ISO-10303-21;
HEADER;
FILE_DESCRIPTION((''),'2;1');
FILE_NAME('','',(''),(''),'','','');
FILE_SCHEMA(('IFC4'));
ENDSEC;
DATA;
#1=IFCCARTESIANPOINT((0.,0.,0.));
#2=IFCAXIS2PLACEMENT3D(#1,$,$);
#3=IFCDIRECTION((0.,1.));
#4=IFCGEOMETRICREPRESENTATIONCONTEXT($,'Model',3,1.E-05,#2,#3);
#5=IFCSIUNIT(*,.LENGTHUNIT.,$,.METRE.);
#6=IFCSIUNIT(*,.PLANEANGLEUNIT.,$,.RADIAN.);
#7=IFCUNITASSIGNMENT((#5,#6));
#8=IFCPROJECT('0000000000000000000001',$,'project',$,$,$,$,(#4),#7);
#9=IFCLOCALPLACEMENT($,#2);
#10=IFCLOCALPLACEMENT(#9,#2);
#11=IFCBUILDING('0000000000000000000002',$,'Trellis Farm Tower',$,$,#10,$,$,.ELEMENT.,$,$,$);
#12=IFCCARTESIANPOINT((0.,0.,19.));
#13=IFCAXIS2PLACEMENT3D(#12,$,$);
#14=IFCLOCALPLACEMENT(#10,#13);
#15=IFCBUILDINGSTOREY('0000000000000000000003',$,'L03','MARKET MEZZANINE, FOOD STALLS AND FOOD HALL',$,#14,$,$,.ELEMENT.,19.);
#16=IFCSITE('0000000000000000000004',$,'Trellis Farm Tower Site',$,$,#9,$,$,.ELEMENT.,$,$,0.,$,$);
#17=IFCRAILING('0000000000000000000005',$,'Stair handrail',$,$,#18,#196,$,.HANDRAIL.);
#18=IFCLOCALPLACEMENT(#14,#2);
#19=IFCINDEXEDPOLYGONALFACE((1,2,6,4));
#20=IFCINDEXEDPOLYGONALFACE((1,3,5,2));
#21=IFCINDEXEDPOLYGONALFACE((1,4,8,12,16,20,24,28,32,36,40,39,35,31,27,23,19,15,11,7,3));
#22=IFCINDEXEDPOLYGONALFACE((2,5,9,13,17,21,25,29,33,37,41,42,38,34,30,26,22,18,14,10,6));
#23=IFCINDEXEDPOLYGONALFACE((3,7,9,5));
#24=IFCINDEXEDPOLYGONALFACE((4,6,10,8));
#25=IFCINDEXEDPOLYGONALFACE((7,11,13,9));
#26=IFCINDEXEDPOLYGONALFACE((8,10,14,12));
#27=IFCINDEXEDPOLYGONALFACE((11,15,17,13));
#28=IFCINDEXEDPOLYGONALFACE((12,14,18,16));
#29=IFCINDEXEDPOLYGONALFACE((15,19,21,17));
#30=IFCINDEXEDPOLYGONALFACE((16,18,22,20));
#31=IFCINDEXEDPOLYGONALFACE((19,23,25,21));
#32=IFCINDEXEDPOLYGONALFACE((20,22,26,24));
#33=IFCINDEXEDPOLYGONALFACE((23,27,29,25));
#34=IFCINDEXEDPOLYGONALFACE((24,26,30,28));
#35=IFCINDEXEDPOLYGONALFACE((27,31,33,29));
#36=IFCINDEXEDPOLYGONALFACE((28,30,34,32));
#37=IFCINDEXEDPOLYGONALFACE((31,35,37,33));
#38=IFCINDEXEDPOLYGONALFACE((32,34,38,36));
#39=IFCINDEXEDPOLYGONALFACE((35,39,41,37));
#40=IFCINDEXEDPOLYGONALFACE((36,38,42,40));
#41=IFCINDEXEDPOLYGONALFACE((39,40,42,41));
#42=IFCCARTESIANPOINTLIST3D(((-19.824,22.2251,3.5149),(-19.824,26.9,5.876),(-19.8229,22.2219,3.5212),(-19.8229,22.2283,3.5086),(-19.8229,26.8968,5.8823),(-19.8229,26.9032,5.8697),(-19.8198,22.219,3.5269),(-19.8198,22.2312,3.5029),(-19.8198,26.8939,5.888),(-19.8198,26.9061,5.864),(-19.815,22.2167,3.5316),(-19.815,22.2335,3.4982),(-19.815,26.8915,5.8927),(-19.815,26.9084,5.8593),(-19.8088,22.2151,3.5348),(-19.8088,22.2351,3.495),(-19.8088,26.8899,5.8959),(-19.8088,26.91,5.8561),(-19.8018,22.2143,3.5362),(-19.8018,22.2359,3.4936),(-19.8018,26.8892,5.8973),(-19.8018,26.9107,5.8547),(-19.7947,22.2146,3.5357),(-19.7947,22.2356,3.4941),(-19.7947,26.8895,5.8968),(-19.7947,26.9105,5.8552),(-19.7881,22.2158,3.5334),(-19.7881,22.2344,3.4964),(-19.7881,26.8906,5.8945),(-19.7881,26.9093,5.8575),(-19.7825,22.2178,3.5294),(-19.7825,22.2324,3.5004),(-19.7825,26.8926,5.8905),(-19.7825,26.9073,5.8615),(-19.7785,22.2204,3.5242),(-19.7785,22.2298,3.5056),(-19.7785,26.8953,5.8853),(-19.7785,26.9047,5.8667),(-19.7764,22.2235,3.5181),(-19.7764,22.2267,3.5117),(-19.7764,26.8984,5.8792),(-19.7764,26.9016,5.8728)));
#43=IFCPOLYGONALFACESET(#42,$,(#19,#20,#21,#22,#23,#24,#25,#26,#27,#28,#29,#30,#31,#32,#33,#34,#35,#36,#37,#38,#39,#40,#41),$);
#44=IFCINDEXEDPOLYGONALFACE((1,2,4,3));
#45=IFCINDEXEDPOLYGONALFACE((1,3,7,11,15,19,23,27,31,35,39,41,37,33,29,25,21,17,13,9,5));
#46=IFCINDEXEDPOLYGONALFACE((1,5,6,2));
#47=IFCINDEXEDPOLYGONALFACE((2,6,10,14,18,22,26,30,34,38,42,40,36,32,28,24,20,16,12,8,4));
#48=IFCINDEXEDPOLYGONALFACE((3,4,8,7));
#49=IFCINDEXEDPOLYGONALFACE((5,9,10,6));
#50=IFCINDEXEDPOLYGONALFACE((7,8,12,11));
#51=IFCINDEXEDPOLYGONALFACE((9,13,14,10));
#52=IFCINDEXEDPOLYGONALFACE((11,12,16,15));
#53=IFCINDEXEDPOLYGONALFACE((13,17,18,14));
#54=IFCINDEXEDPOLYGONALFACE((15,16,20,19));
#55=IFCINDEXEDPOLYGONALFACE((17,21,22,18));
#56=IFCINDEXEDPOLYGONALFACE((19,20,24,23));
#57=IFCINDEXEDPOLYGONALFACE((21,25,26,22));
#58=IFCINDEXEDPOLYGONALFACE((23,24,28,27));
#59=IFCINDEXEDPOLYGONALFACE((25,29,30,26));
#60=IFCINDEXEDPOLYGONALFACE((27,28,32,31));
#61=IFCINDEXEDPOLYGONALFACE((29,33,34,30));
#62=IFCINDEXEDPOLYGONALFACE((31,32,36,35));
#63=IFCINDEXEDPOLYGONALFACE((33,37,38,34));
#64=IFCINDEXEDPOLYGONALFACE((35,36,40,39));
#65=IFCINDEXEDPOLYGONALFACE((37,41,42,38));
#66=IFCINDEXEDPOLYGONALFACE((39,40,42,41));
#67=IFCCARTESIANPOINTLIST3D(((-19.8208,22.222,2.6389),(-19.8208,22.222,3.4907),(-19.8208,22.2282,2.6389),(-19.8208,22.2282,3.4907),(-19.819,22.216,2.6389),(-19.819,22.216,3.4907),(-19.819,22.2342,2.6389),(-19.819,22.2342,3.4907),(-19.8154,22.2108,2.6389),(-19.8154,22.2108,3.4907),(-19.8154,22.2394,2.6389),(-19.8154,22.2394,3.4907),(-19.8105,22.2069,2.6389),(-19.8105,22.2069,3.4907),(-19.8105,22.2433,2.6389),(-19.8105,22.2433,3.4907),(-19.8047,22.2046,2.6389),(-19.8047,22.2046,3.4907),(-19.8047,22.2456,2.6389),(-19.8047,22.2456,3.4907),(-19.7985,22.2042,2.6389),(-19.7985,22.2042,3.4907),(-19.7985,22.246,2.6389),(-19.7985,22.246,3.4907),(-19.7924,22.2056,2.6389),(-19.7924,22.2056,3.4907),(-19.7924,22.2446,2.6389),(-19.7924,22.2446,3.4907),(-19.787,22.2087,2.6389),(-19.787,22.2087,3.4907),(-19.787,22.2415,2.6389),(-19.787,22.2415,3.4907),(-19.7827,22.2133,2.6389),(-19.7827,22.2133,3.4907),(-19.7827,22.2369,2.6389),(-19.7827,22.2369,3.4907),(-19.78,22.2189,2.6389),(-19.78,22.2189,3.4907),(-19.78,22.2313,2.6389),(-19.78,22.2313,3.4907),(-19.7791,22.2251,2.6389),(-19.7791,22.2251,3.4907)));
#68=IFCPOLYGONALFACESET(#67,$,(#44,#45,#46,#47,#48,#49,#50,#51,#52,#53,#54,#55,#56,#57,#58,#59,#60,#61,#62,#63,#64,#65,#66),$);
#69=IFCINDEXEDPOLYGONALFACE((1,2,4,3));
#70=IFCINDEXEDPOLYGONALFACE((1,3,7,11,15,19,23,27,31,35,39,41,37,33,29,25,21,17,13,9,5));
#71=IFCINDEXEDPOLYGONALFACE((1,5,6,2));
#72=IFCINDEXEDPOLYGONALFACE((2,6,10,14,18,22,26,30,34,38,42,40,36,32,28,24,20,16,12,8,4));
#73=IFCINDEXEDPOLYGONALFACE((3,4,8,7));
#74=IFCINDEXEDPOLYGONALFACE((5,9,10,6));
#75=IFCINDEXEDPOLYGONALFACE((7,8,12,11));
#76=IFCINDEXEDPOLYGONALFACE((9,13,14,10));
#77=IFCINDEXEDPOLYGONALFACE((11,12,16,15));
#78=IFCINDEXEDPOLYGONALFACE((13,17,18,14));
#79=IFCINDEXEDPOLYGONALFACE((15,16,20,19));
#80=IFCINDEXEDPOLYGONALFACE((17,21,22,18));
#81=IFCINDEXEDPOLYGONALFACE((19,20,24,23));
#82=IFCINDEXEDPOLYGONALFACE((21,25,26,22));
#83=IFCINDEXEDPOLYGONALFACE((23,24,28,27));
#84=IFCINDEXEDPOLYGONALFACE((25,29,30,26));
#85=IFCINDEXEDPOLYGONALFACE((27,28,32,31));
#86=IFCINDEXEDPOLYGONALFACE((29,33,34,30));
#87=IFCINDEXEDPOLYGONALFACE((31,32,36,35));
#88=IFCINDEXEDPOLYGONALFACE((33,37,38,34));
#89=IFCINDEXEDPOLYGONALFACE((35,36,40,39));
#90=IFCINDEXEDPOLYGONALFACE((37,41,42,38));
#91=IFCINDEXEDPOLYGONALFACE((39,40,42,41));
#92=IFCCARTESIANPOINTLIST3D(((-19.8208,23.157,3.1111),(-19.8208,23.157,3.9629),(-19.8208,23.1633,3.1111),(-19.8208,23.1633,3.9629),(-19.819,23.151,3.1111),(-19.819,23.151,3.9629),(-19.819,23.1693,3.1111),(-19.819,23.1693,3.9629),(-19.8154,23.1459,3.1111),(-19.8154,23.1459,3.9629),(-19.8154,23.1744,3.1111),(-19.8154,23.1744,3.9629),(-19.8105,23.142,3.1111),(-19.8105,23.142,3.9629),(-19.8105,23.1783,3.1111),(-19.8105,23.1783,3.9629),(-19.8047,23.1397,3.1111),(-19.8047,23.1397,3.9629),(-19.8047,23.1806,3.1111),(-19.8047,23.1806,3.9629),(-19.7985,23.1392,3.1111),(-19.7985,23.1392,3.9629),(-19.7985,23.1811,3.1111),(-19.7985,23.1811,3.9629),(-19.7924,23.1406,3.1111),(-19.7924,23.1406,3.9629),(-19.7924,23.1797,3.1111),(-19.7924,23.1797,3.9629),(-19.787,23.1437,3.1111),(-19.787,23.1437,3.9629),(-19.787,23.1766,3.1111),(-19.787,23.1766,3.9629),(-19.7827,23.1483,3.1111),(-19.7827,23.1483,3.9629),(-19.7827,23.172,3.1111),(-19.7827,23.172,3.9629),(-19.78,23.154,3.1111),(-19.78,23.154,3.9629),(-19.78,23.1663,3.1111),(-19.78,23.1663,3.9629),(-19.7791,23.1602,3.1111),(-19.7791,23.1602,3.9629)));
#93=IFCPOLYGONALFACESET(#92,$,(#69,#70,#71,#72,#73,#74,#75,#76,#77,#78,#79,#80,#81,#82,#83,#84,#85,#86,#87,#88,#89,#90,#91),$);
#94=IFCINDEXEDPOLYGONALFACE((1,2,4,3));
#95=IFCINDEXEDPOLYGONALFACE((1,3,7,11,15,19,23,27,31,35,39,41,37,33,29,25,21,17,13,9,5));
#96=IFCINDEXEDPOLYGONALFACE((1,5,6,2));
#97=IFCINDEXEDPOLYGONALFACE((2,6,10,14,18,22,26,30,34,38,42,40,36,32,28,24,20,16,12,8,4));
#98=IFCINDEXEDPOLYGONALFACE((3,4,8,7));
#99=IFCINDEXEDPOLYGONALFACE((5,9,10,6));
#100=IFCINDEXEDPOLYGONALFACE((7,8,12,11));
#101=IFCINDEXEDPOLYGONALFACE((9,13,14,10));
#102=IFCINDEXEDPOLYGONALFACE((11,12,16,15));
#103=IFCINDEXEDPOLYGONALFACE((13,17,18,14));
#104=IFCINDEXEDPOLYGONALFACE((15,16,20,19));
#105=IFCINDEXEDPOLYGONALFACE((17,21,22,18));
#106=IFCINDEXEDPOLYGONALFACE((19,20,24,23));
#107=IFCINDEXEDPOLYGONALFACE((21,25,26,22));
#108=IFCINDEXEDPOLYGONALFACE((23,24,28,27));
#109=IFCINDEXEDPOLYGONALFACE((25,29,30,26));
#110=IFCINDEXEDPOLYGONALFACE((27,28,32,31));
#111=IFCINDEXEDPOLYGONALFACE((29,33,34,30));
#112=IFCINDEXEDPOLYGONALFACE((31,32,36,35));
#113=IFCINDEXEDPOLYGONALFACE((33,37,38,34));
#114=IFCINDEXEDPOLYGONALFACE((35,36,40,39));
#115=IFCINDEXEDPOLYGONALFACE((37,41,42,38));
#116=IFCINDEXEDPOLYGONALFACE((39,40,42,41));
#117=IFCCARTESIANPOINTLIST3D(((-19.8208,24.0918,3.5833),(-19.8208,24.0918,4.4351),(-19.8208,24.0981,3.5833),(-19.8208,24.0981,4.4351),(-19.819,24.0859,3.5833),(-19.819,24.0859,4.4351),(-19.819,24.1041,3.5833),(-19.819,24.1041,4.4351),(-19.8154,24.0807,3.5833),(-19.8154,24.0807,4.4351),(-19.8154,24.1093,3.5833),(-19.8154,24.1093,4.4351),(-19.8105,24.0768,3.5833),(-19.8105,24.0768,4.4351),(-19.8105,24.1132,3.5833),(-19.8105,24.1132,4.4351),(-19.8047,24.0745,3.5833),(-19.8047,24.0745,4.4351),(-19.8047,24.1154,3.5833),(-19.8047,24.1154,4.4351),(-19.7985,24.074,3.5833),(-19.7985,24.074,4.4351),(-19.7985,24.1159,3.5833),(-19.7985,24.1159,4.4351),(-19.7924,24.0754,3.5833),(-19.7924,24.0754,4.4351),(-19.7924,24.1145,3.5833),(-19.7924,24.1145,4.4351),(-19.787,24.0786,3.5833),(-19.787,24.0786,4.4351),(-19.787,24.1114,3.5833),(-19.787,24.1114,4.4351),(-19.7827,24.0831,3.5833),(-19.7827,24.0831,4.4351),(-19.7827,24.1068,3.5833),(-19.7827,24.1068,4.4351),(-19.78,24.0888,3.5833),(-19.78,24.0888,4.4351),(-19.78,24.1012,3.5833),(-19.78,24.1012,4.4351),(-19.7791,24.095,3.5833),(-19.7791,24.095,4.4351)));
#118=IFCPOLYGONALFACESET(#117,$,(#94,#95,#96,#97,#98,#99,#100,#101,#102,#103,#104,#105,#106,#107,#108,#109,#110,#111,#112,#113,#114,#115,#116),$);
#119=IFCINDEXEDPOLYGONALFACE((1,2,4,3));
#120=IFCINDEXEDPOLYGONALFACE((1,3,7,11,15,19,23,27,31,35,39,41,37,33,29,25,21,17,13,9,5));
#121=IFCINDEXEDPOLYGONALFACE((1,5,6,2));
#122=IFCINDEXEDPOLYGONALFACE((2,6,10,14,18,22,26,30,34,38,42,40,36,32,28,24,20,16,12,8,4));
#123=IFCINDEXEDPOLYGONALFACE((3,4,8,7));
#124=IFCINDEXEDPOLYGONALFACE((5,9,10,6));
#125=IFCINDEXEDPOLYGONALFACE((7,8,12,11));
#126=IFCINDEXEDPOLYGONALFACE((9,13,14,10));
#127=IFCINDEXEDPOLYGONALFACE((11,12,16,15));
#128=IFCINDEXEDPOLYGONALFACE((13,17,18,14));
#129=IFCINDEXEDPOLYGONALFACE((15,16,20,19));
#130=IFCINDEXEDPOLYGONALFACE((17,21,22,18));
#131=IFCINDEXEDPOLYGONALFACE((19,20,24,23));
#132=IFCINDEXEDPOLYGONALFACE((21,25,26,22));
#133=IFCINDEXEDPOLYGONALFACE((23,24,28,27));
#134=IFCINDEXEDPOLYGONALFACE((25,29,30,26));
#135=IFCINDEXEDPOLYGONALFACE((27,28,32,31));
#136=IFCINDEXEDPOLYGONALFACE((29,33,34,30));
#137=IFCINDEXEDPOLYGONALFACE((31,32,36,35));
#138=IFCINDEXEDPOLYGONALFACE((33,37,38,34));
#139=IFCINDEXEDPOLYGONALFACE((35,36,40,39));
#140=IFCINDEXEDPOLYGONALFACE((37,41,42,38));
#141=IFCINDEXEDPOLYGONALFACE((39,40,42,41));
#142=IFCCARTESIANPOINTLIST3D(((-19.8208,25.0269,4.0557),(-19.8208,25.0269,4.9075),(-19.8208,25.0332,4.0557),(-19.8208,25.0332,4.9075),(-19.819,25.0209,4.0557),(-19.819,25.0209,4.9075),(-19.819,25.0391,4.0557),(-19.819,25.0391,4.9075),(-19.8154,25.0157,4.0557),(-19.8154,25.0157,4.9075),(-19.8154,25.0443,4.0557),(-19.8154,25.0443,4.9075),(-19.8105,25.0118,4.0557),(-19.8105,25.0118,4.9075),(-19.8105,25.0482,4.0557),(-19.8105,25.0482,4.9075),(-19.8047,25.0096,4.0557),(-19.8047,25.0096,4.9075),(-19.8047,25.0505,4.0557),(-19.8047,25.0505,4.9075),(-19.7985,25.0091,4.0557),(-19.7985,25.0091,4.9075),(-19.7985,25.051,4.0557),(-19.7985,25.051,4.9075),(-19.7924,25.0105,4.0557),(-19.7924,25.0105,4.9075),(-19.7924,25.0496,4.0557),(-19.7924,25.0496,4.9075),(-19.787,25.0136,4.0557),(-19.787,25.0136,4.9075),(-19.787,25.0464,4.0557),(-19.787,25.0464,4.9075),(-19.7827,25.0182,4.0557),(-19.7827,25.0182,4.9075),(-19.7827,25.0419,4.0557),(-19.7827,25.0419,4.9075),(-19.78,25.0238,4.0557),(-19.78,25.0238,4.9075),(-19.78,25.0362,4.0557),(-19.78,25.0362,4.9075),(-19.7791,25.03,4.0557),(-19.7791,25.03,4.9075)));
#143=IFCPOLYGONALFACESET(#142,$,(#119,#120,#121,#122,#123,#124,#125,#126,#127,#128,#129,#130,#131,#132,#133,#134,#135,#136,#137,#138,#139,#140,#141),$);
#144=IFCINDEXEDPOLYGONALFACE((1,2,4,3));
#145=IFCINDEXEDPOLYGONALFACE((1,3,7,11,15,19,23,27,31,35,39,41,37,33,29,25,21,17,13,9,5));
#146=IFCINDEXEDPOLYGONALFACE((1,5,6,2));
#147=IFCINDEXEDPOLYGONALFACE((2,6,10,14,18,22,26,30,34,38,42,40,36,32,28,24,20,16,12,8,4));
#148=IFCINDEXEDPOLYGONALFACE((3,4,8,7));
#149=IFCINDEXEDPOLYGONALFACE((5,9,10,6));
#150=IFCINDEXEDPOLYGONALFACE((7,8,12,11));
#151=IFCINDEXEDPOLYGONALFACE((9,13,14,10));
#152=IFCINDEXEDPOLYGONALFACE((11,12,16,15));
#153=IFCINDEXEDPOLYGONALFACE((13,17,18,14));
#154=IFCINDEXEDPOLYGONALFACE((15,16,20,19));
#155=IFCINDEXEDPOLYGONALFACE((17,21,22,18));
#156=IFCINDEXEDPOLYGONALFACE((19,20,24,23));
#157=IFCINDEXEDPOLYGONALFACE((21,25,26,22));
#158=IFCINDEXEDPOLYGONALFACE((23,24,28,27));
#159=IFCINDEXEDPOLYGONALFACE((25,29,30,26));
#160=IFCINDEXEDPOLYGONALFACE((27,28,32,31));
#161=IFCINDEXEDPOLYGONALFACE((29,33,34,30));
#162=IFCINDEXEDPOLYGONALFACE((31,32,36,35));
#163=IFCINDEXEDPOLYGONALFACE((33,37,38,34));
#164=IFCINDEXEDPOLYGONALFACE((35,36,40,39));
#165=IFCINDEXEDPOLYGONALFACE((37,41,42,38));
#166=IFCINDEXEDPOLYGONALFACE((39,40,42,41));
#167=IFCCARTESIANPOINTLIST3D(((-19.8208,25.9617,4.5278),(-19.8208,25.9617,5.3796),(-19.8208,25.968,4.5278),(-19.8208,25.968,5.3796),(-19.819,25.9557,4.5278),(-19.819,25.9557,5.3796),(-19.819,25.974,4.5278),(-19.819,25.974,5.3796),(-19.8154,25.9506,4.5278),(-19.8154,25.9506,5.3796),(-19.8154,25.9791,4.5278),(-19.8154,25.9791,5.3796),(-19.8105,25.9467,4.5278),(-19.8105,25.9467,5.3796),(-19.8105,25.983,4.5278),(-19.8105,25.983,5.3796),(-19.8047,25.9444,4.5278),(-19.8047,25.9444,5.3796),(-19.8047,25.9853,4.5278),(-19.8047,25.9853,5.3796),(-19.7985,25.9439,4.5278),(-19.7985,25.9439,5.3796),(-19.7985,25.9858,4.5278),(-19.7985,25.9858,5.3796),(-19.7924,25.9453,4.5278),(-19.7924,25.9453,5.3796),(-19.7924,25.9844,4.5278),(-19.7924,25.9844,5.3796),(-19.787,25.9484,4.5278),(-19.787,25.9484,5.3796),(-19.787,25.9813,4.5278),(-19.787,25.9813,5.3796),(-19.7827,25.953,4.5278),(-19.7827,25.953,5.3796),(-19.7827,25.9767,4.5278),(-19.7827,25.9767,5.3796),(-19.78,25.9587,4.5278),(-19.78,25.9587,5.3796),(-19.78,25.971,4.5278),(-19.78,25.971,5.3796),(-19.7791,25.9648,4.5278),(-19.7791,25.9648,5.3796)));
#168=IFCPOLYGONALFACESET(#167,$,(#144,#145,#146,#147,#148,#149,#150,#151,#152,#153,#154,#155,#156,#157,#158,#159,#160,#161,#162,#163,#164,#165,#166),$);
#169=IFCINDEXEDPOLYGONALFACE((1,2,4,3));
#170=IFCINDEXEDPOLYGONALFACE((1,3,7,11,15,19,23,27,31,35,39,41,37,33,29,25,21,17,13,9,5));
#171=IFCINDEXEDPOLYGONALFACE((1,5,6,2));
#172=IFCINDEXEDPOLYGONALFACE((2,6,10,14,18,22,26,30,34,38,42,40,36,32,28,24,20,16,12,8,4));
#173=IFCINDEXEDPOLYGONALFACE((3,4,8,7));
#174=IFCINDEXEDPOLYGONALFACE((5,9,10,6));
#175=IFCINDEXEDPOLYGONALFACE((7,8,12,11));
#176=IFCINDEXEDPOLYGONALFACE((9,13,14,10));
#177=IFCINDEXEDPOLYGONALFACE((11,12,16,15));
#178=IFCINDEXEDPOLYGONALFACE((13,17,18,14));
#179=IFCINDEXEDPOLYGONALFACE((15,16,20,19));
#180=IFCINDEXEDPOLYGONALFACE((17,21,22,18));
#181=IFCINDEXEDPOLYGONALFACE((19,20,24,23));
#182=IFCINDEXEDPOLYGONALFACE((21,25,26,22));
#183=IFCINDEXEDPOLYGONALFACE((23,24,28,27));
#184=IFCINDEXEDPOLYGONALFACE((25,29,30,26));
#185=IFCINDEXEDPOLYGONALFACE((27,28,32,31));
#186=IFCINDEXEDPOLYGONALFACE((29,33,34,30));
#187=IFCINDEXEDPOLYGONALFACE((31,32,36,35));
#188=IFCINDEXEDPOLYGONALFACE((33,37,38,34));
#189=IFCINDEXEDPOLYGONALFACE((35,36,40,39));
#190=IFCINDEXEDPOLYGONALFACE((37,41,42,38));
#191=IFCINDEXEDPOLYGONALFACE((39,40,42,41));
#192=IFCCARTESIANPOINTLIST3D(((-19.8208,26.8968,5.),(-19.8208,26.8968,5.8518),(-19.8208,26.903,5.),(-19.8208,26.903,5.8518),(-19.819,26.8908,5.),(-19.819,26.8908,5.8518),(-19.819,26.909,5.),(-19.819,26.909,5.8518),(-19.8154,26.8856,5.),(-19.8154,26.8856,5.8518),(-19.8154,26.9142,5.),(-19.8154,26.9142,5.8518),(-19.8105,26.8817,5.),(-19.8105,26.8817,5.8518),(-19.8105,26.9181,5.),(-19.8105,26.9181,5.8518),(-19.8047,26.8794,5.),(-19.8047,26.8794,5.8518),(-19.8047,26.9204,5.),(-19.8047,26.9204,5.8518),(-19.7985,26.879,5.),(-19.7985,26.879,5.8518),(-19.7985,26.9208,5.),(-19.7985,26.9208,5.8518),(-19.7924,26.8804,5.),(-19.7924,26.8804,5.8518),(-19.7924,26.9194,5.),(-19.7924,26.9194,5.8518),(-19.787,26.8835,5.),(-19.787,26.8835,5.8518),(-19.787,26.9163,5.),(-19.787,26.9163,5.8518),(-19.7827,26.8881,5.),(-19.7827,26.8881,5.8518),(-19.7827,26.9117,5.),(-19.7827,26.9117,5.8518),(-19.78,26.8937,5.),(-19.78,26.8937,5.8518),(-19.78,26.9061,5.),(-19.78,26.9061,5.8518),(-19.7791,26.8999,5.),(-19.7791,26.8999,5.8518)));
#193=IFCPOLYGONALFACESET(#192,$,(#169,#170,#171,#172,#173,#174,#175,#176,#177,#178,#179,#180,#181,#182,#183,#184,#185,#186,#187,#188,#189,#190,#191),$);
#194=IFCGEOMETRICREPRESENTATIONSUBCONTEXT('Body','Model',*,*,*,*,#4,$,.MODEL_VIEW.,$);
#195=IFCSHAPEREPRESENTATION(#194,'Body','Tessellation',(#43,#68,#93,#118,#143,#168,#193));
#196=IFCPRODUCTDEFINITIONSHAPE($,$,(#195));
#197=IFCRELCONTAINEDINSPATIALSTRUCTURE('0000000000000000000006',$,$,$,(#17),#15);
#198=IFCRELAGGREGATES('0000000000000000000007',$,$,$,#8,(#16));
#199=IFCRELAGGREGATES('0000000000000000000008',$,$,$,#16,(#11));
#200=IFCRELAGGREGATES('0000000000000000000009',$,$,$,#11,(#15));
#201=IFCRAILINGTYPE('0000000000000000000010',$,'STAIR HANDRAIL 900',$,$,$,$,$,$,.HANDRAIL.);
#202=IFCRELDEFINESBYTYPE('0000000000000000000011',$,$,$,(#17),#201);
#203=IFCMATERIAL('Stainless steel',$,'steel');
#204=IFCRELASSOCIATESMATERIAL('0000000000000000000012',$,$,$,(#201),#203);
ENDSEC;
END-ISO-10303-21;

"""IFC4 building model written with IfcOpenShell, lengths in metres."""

from ifc_helpers import new_model, si_unit, direction, frame, origin, origin_2d, place, context, subcontext, project, spatial, circle, extrude, source, transform, mapped, material, type_object, element, save


model = new_model("IFC4")

# Units and contexts
model_context = context("Model", 3, precision=1e-05, world=origin(), true_north=direction((0.0, 1.0)))
body_context = subcontext(model_context, "Body", "Model", "MODEL_VIEW")
ifc_project = project(units=[si_unit("LENGTHUNIT", "METRE"), si_unit("PLANEANGLEUNIT", "RADIAN")], contexts=[model_context])

# Site, building, storey
site_placement = place(None, origin())
site = spatial("IfcSite", under=ifc_project, at=site_placement, Name="Trellis Farm Tower Site", CompositionType="ELEMENT", RefElevation=0.0)
building_placement = place(site_placement, origin())
building = spatial("IfcBuilding", under=site, at=building_placement, Name="Trellis Farm Tower", CompositionType="ELEMENT")
storey_placement = place(building_placement, frame((0.0, 0.0, 19.0)))
storey = spatial("IfcBuildingStorey", under=building, at=storey_placement, Name="L03", Description="MARKET MEZZANINE, FOOD STALLS AND FOOD HALL", CompositionType="ELEMENT", Elevation=19.0)

# Railing
ifc_material_1 = material(Name="Stainless steel", Category="steel")
railing_type = type_object("IfcRailingType", Name="STAIR HANDRAIL 900", PredefinedType="HANDRAIL", material=ifc_material_1)
shared_shape_1 = source(origin(), body_context, "Body", "SweptSolid", [
    extrude(circle(Radius=0.0239, at=origin_2d()), frame((0.0, 0.0, 0.876), z_axis=(0.0, 0.892611, 0.450827), x_axis=(-1.0, 0.0, 0.0)), (0.0, 0.0, 1.0), 5.2373),
    extrude(circle(Radius=0.021, at=origin_2d()), origin(), (0.0, 0.0, 1.0), 0.8518),
    extrude(circle(Radius=0.021, at=origin_2d()), frame((0.0, 0.9351, 0.4722)), (0.0, 0.0, 1.0), 0.8518),
    extrude(circle(Radius=0.021, at=origin_2d()), frame((0.0, 1.8699, 0.9443)), (0.0, 0.0, 1.0), 0.8518),
    extrude(circle(Radius=0.021, at=origin_2d()), frame((0.0, 2.8049, 1.4167)), (0.0, 0.0, 1.0), 0.8518),
    extrude(circle(Radius=0.021, at=origin_2d()), frame((0.0, 3.7397, 1.8889)), (0.0, 0.0, 1.0), 0.8518),
    extrude(circle(Radius=0.021, at=origin_2d()), frame((0.0, 4.6748, 2.3611)), (0.0, 0.0, 1.0), 0.8518),
])
for number, where, name in (
    (1, (-19.8, 22.2251, 2.6389), "Stair handrail"),
):
    element("IfcRailing", number, at=place(storey_placement, frame(where)), inside=storey, type_object=railing_type, Name=name, PredefinedType="HANDRAIL", context=body_context, shape_type="MappedRepresentation", body=[
        mapped(shared_shape_1, transform((0.0, 0.0, 0.0))),
    ])

save(model, "model.ifc")
